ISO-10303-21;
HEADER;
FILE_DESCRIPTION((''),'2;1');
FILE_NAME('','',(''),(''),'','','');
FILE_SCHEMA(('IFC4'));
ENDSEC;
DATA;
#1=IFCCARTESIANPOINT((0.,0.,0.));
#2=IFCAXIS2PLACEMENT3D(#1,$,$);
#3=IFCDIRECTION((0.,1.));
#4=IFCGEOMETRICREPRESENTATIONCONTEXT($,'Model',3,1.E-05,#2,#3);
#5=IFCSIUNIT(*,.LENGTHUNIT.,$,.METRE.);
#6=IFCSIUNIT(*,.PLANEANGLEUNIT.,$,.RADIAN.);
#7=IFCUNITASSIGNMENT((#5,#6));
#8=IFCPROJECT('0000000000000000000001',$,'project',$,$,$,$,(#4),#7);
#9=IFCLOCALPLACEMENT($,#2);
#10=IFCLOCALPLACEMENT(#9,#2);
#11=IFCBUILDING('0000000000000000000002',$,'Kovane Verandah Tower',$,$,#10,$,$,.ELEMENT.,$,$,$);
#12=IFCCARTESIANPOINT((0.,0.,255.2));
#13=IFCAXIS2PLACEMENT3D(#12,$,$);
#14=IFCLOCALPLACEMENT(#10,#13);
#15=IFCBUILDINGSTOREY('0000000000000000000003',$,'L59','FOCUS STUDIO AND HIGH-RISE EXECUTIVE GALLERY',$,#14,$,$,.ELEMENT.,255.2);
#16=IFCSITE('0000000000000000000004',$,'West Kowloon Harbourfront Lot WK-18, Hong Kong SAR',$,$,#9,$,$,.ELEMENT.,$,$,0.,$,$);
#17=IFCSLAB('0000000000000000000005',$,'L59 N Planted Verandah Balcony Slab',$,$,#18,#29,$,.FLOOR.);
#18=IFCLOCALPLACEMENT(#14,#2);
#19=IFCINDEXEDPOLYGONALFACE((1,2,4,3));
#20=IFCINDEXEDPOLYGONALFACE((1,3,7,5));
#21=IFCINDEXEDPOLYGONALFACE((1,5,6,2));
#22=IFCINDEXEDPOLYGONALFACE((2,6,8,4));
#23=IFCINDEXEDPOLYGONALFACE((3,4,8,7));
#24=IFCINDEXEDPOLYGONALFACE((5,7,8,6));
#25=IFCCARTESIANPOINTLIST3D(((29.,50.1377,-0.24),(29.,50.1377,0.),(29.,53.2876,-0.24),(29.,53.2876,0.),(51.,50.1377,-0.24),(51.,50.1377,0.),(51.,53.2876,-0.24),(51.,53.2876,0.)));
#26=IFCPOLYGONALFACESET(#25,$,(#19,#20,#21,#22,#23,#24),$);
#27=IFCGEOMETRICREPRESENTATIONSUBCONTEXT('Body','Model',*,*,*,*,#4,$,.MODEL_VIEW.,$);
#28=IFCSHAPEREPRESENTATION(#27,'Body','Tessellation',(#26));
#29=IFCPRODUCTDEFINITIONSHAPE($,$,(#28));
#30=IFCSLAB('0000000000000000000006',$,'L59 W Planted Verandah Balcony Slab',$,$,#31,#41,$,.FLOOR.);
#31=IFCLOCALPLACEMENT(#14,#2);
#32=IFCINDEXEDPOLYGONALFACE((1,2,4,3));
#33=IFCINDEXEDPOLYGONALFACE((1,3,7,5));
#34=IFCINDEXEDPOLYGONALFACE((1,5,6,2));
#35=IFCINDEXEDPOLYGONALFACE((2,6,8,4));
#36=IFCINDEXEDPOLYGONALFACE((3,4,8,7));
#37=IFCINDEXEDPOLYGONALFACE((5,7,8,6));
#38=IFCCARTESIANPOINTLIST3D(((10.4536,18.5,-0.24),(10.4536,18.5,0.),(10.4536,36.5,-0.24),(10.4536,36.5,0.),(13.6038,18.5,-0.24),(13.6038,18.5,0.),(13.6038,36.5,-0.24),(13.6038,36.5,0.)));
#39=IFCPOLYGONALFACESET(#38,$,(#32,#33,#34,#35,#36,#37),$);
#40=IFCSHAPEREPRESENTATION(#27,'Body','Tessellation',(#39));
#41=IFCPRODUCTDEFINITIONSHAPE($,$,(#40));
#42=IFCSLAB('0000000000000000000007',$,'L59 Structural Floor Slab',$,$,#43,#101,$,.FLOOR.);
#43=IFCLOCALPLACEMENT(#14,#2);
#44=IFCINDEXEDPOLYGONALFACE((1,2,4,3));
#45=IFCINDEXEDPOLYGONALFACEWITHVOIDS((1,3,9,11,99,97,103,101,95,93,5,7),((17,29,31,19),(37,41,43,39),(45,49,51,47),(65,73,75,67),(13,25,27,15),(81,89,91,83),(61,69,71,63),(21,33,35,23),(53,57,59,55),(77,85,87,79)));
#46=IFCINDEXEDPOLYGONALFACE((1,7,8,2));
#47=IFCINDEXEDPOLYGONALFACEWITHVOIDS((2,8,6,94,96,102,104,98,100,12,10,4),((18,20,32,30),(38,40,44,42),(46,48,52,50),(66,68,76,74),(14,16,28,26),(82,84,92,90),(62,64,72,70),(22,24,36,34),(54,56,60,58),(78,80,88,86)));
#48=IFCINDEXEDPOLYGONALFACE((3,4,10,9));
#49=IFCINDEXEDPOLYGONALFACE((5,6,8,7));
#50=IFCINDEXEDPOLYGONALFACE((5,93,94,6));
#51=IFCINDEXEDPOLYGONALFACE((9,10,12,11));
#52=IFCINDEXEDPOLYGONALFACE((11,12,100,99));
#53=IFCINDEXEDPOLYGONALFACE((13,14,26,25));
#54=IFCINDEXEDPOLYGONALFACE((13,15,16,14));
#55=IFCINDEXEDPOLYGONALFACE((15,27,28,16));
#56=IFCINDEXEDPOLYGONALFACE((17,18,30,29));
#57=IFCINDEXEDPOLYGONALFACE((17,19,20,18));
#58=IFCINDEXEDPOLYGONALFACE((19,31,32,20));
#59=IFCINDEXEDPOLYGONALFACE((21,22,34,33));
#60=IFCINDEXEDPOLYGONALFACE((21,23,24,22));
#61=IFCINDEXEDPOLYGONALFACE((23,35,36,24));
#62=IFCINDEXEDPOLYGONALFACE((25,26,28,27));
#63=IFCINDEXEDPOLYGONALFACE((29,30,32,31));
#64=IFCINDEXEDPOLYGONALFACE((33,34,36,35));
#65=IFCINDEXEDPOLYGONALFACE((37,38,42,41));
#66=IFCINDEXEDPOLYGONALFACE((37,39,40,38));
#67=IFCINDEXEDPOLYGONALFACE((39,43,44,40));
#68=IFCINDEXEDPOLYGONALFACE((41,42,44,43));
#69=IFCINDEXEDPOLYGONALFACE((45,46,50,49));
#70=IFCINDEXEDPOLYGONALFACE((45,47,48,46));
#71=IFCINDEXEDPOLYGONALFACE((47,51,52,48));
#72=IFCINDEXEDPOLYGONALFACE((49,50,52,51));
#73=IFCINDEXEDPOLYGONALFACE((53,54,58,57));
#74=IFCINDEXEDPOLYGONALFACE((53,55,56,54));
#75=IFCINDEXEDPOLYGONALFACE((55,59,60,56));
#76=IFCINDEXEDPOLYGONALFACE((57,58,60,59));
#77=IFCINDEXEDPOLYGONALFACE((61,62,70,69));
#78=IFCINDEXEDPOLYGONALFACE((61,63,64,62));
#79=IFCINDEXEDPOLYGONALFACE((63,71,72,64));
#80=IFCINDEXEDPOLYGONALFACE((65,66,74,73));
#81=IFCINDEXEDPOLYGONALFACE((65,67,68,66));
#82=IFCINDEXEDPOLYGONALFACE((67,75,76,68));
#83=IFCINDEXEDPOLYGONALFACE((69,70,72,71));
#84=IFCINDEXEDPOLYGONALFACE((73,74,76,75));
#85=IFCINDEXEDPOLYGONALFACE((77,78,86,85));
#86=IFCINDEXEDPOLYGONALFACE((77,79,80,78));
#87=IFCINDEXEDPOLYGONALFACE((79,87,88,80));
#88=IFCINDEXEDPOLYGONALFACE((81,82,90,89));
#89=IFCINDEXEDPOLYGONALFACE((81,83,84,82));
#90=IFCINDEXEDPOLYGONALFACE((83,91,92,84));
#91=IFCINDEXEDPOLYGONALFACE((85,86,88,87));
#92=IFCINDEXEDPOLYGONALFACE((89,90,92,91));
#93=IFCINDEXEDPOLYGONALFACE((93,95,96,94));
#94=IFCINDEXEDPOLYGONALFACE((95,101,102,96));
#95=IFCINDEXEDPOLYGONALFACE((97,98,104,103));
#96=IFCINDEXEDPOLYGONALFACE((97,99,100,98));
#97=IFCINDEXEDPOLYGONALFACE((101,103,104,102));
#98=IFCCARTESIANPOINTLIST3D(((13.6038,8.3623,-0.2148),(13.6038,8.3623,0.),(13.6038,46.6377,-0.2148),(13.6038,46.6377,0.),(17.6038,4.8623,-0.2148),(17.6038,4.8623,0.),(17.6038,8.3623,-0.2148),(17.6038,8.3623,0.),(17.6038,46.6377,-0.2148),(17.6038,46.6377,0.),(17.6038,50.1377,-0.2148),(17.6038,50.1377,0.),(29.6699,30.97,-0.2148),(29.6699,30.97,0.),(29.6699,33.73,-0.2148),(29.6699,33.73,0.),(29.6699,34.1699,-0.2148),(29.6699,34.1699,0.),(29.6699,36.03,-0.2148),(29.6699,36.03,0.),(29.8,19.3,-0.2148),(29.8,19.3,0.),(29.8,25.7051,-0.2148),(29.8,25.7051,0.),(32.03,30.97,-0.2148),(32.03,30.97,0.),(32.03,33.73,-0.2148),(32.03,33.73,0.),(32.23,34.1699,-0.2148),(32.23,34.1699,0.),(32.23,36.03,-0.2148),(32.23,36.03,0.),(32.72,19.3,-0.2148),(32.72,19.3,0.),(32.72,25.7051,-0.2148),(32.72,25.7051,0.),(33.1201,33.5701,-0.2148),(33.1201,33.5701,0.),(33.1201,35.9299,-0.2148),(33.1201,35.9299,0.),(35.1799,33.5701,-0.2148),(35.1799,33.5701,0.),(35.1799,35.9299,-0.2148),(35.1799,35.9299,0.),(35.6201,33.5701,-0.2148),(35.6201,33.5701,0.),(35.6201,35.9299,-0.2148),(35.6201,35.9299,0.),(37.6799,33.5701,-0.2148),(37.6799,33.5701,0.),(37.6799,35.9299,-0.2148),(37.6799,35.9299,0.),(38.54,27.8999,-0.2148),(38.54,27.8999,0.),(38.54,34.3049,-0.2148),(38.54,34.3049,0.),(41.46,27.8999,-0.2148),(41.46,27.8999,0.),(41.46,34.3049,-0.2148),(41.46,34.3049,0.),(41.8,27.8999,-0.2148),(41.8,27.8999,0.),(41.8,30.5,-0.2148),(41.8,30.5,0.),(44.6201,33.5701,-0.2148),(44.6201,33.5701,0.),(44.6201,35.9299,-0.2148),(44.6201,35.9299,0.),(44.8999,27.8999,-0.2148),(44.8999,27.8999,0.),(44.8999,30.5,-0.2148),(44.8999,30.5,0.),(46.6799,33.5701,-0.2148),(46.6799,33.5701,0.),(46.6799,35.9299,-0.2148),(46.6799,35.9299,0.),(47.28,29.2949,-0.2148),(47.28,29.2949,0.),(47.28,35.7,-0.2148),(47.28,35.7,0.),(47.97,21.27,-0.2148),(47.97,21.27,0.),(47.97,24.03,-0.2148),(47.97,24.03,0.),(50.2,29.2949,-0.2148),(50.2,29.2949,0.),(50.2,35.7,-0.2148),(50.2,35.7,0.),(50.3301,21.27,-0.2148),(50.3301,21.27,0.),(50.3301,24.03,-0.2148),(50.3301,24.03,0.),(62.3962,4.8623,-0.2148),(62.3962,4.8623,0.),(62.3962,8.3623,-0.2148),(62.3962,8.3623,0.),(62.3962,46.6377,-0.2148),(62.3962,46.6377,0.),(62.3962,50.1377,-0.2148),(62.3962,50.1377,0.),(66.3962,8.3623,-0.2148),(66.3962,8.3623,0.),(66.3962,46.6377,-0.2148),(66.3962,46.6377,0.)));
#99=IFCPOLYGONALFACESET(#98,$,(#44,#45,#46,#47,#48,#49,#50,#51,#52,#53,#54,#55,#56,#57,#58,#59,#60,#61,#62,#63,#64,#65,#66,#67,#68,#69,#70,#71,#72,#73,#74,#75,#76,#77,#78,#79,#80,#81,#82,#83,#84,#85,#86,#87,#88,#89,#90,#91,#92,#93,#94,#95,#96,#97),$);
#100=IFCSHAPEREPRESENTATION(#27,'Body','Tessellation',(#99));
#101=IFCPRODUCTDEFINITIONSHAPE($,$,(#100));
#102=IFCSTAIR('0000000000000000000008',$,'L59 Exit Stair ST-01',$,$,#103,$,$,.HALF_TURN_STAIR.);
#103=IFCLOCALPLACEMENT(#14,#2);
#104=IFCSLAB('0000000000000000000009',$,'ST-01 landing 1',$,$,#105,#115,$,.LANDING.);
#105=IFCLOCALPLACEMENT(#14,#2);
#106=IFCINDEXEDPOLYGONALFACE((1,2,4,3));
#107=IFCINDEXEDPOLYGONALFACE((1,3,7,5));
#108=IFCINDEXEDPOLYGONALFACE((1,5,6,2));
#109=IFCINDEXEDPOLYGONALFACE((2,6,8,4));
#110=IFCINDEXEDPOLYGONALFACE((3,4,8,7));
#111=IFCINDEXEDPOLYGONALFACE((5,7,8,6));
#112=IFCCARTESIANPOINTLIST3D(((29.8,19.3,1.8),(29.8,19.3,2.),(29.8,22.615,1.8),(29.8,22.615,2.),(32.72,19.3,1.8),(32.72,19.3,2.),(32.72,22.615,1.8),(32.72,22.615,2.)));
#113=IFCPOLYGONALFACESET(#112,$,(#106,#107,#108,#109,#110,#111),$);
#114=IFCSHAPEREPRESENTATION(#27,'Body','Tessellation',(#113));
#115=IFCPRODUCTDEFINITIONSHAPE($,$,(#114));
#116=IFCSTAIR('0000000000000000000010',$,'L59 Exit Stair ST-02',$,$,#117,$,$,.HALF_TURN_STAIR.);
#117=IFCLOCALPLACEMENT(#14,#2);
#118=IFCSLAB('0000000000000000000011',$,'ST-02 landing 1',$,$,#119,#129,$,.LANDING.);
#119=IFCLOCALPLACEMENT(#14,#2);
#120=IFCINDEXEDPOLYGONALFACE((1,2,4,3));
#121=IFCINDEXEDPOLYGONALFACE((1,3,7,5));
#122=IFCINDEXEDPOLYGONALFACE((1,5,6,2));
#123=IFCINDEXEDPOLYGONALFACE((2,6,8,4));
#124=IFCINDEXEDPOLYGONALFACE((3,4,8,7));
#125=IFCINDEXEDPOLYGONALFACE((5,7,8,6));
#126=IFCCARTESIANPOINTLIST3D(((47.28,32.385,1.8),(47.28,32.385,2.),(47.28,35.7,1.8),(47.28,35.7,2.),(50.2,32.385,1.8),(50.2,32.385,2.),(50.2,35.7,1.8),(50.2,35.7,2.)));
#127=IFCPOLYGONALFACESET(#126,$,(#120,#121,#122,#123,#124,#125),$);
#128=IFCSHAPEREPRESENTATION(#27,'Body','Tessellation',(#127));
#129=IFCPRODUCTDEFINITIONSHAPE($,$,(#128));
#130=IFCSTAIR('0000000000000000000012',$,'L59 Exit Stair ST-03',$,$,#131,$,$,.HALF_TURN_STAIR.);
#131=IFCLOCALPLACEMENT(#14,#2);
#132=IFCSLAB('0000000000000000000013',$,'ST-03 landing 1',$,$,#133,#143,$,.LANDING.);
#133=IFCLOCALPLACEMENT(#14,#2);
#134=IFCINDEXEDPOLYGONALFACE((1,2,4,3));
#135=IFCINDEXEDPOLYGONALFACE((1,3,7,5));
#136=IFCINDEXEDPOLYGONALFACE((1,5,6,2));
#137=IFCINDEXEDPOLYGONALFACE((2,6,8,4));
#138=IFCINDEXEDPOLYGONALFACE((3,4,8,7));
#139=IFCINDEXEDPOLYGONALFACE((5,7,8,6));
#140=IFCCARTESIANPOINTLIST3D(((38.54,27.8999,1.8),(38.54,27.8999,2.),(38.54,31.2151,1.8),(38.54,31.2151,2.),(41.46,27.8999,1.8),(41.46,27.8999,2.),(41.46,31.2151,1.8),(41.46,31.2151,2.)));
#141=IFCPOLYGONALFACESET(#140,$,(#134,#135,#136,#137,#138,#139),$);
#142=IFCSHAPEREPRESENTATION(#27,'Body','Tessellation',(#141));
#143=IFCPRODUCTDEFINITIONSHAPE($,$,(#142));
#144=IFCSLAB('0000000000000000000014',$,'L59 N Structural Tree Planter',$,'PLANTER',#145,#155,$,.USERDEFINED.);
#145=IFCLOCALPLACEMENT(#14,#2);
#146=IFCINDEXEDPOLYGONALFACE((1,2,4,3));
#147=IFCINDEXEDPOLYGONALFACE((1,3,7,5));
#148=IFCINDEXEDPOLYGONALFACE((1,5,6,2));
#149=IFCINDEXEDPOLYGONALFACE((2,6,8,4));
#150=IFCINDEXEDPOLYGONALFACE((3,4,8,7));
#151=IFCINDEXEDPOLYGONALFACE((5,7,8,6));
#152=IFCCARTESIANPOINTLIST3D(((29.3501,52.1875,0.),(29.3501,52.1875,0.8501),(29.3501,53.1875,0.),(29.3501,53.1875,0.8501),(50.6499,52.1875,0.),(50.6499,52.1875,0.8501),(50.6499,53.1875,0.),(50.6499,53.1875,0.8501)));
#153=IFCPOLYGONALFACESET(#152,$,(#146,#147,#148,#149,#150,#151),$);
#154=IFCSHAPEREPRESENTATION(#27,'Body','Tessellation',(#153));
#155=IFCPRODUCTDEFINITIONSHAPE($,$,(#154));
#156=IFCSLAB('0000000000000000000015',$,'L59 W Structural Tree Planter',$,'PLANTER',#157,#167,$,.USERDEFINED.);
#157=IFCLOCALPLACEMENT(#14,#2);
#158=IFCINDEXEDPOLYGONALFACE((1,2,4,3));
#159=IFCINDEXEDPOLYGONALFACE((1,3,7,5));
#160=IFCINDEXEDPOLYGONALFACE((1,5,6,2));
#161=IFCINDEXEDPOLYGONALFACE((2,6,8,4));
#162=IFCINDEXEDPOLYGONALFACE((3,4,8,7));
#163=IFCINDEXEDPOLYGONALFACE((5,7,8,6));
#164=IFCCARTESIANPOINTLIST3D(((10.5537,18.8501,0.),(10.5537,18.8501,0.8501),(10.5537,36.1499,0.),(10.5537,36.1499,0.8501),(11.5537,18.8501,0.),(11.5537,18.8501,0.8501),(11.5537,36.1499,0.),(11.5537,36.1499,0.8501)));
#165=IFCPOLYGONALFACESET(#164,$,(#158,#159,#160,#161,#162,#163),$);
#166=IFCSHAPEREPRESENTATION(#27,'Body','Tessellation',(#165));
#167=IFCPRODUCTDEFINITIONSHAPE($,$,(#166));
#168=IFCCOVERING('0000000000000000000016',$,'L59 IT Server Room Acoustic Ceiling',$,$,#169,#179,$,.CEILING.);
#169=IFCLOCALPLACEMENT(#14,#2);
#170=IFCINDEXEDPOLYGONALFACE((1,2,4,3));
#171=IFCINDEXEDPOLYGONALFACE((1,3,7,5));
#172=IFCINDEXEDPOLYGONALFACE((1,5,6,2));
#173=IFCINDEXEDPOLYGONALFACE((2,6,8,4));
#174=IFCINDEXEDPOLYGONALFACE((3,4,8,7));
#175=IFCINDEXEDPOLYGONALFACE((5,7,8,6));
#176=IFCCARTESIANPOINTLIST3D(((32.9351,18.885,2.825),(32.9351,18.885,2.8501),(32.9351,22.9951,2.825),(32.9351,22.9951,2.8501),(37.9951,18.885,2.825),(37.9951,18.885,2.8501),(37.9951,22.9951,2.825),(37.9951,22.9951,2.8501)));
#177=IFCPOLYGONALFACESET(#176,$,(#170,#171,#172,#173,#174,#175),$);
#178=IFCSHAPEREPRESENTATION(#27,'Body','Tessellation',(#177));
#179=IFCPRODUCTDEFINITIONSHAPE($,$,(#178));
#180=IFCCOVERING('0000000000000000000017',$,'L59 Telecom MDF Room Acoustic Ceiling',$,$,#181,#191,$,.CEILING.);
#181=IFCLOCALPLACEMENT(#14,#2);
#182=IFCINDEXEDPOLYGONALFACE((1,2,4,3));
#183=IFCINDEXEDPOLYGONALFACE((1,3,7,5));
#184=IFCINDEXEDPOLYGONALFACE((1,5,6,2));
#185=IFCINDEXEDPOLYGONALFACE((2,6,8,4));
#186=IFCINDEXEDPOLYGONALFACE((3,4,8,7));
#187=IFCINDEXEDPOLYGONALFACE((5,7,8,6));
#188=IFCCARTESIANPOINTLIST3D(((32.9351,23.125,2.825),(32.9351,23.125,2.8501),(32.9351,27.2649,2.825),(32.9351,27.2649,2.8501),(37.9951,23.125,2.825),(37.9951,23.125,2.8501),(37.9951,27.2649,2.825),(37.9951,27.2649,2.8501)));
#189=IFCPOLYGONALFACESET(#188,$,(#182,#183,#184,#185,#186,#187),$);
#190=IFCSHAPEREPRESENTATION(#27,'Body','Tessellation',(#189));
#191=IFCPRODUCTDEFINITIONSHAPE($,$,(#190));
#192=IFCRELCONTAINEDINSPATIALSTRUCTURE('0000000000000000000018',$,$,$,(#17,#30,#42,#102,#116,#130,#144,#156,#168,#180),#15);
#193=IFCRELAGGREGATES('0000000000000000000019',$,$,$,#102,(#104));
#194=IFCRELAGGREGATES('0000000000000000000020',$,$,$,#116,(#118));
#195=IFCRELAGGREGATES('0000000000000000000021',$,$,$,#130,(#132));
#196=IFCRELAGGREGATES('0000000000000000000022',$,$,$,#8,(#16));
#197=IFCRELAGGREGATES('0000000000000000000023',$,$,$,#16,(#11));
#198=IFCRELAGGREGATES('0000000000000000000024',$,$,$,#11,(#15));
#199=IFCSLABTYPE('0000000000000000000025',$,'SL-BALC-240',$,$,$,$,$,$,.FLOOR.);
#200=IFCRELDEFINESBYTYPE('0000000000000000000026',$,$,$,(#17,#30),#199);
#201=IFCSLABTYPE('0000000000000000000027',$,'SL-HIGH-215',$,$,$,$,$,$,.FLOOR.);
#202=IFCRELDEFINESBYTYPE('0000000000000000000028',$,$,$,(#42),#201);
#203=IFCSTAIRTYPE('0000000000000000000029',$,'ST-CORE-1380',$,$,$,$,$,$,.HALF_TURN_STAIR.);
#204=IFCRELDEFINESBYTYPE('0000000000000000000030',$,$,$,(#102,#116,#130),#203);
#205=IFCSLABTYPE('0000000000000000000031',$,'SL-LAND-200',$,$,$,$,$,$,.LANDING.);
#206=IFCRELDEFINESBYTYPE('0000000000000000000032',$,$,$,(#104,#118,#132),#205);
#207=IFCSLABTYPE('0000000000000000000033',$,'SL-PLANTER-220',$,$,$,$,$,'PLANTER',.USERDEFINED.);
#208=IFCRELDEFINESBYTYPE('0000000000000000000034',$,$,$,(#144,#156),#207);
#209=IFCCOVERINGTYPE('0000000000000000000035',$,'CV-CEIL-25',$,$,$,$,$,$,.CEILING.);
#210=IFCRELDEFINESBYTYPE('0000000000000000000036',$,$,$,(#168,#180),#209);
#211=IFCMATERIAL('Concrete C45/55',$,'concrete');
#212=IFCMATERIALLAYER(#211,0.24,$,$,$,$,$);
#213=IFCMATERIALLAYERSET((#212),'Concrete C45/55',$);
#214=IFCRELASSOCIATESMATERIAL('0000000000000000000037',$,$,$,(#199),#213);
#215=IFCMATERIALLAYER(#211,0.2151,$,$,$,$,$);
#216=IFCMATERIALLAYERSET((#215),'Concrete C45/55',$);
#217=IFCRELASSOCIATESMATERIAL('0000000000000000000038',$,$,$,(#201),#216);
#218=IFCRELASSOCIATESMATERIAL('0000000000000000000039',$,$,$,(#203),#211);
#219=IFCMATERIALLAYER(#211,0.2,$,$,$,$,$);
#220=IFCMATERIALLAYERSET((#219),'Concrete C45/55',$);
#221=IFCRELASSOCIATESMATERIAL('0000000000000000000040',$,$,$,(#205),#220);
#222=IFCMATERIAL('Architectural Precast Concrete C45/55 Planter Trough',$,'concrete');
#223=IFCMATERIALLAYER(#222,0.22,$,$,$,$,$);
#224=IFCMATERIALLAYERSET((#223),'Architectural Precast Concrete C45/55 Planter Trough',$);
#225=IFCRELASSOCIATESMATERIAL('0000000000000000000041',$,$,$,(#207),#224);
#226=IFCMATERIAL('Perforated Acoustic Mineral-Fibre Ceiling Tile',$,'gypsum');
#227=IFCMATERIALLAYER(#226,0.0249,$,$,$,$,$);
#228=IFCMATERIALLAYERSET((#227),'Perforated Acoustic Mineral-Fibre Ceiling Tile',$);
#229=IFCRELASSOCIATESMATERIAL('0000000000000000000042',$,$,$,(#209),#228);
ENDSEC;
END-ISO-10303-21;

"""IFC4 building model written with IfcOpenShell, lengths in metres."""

from ifc_helpers import new_model, si_unit, direction, frame, origin, place, context, subcontext, project, spatial, polyline, outline, extrude, material, layer, layer_set, type_object, element, aggregate, save


model = new_model("IFC4")

# Units and contexts
model_context = context("Model", 3, precision=1e-05, world=origin(), true_north=direction((0.0, 1.0)))
body_context = subcontext(model_context, "Body", "Model", "MODEL_VIEW")
ifc_project = project(units=[si_unit("LENGTHUNIT", "METRE"), si_unit("PLANEANGLEUNIT", "RADIAN")], contexts=[model_context])

# Site, building, storey
site_placement = place(None, origin())
site = spatial("IfcSite", under=ifc_project, at=site_placement, Name="West Kowloon Harbourfront Lot WK-18, Hong Kong SAR", CompositionType="ELEMENT", RefElevation=0.0)
building_placement = place(site_placement, origin())
building = spatial("IfcBuilding", under=site, at=building_placement, Name="Kovane Verandah Tower", CompositionType="ELEMENT")
storey_placement = place(building_placement, frame((0.0, 0.0, 255.2)))
storey = spatial("IfcBuildingStorey", under=building, at=storey_placement, Name="L59", Description="FOCUS STUDIO AND HIGH-RISE EXECUTIVE GALLERY", CompositionType="ELEMENT", Elevation=255.2)

# Slabs
ifc_material_1 = material(Name="Concrete C45/55", Category="concrete")
ifc_layer_1 = layer(ifc_material_1, 0.24)
ifc_layer_set_1 = layer_set([ifc_layer_1], Name="Concrete C45/55")
slab_type_1 = type_object("IfcSlabType", Name="SL-BALC-240", PredefinedType="FLOOR", material=ifc_layer_set_1)
slab_1_placement = place(storey_placement, frame((0.0, 0.0, -0.24)))
element("IfcSlab", 1, at=slab_1_placement, inside=storey, type_object=slab_type_1, Name="L59 N Planted Verandah Balcony Slab", PredefinedType="FLOOR", context=body_context, shape_type="SweptSolid", body=[
    extrude(outline(polyline([(29.0, 50.1377), (51.0, 50.1377), (51.0, 53.2876), (29.0, 53.2876), (29.0, 50.1377)])), origin(), (0.0, 0.0, 1.0), 0.24),
])
slab_2_placement = place(storey_placement, frame((0.0, 0.0, -0.24)))
element("IfcSlab", 2, at=slab_2_placement, inside=storey, type_object=slab_type_1, Name="L59 W Planted Verandah Balcony Slab", PredefinedType="FLOOR", context=body_context, shape_type="SweptSolid", body=[
    extrude(outline(polyline([(10.4536, 18.5), (13.6038, 18.5), (13.6038, 36.5), (10.4536, 36.5), (10.4536, 18.5)])), origin(), (0.0, 0.0, 1.0), 0.24),
])
ifc_layer_2 = layer(ifc_material_1, 0.2151)
ifc_layer_set_2 = layer_set([ifc_layer_2], Name="Concrete C45/55")
slab_type_2 = type_object("IfcSlabType", Name="SL-HIGH-215", PredefinedType="FLOOR", material=ifc_layer_set_2)
slab_3_placement = place(storey_placement, frame((0.0, 0.0, -0.2148)))
element("IfcSlab", 3, at=slab_3_placement, inside=storey, type_object=slab_type_2, Name="L59 Structural Floor Slab", PredefinedType="FLOOR", context=body_context, shape_type="SweptSolid", body=[
    extrude(outline(polyline([(17.6038, 4.8623), (62.3962, 4.8623), (62.3962, 8.3623), (66.3962, 8.3623), (66.3962, 46.6377), (62.3962, 46.6377), (62.3962, 50.1377), (17.6038, 50.1377), (17.6038, 46.6377), (13.6038, 46.6377), (13.6038, 8.3623), (17.6038, 8.3623), (17.6038, 4.8623)]), holes=[polyline([(29.8, 19.3), (32.72, 19.3), (32.72, 25.7051), (29.8, 25.7051), (29.8, 19.3)]), polyline([(47.28, 29.2949), (50.2, 29.2949), (50.2, 35.7), (47.28, 35.7), (47.28, 29.2949)]), polyline([(38.54, 27.8999), (41.46, 27.8999), (41.46, 34.3049), (38.54, 34.3049), (38.54, 27.8999)]), polyline([(29.6699, 30.97), (32.03, 30.97), (32.03, 33.73), (29.6699, 33.73), (29.6699, 30.97)]), polyline([(47.97, 21.27), (50.3301, 21.27), (50.3301, 24.03), (47.97, 24.03), (47.97, 21.27)]), polyline([(29.6699, 34.1699), (32.23, 34.1699), (32.23, 36.03), (29.6699, 36.03), (29.6699, 34.1699)]), polyline([(33.1201, 33.5701), (35.1799, 33.5701), (35.1799, 35.9299), (33.1201, 35.9299), (33.1201, 33.5701)]), polyline([(35.6201, 33.5701), (37.6799, 33.5701), (37.6799, 35.9299), (35.6201, 35.9299), (35.6201, 33.5701)]), polyline([(44.6201, 33.5701), (46.6799, 33.5701), (46.6799, 35.9299), (44.6201, 35.9299), (44.6201, 33.5701)]), polyline([(41.8, 27.8999), (44.8999, 27.8999), (44.8999, 30.5), (41.8, 30.5), (41.8, 27.8999)])]), origin(), (0.0, 0.0, 1.0), 0.2148),
])

# Stairs, slabs
stair_type = type_object("IfcStairType", Name="ST-CORE-1380", PredefinedType="HALF_TURN_STAIR", material=ifc_material_1)
stair_1_placement = place(storey_placement, origin())
stair_1 = element("IfcStair", 4, at=stair_1_placement, inside=storey, type_object=stair_type, Name="L59 Exit Stair ST-01", PredefinedType="HALF_TURN_STAIR")
ifc_layer_3 = layer(ifc_material_1, 0.2)
ifc_layer_set_3 = layer_set([ifc_layer_3], Name="Concrete C45/55")
slab_type_3 = type_object("IfcSlabType", Name="SL-LAND-200", PredefinedType="LANDING", material=ifc_layer_set_3)
slab_4_placement = place(storey_placement, frame((0.0, 0.0, 1.8)))
slab_4 = element("IfcSlab", 5, at=slab_4_placement, type_object=slab_type_3, Name="ST-01 landing 1", PredefinedType="LANDING", context=body_context, shape_type="SweptSolid", body=[
    extrude(outline(polyline([(29.8, 22.615), (29.8, 19.3), (32.72, 19.3), (32.72, 22.615), (29.8, 22.615)])), origin(), (0.0, 0.0, 1.0), 0.2),
])
aggregate(stair_1, [slab_4])
stair_2_placement = place(storey_placement, origin())
stair_2 = element("IfcStair", 6, at=stair_2_placement, inside=storey, type_object=stair_type, Name="L59 Exit Stair ST-02", PredefinedType="HALF_TURN_STAIR")
slab_5_placement = place(storey_placement, frame((0.0, 0.0, 1.8)))
slab_5 = element("IfcSlab", 7, at=slab_5_placement, type_object=slab_type_3, Name="ST-02 landing 1", PredefinedType="LANDING", context=body_context, shape_type="SweptSolid", body=[
    extrude(outline(polyline([(50.2, 32.385), (50.2, 35.7), (47.28, 35.7), (47.28, 32.385), (50.2, 32.385)])), origin(), (0.0, 0.0, 1.0), 0.2),
])
aggregate(stair_2, [slab_5])
stair_3_placement = place(storey_placement, origin())
stair_3 = element("IfcStair", 8, at=stair_3_placement, inside=storey, type_object=stair_type, Name="L59 Exit Stair ST-03", PredefinedType="HALF_TURN_STAIR")
slab_6_placement = place(storey_placement, frame((0.0, 0.0, 1.8)))
slab_6 = element("IfcSlab", 9, at=slab_6_placement, type_object=slab_type_3, Name="ST-03 landing 1", PredefinedType="LANDING", context=body_context, shape_type="SweptSolid", body=[
    extrude(outline(polyline([(38.54, 31.2151), (38.54, 27.8999), (41.46, 27.8999), (41.46, 31.2151), (38.54, 31.2151)])), origin(), (0.0, 0.0, 1.0), 0.2),
])
aggregate(stair_3, [slab_6])

# Slabs
ifc_material_2 = material(Name="Architectural Precast Concrete C45/55 Planter Trough", Category="concrete")
ifc_layer_4 = layer(ifc_material_2, 0.22)
ifc_layer_set_4 = layer_set([ifc_layer_4], Name="Architectural Precast Concrete C45/55 Planter Trough")
slab_type_4 = type_object("IfcSlabType", Name="SL-PLANTER-220", ElementType="PLANTER", PredefinedType="USERDEFINED", material=ifc_layer_set_4)
slab_7_placement = place(storey_placement, origin())
element("IfcSlab", 10, at=slab_7_placement, inside=storey, type_object=slab_type_4, Name="L59 N Structural Tree Planter", ObjectType="PLANTER", PredefinedType="USERDEFINED", context=body_context, shape_type="SweptSolid", body=[
    extrude(outline(polyline([(29.3501, 52.1875), (50.6499, 52.1875), (50.6499, 53.1875), (29.3501, 53.1875), (29.3501, 52.1875)])), origin(), (0.0, 0.0, 1.0), 0.8501),
])
slab_8_placement = place(storey_placement, origin())
element("IfcSlab", 11, at=slab_8_placement, inside=storey, type_object=slab_type_4, Name="L59 W Structural Tree Planter", ObjectType="PLANTER", PredefinedType="USERDEFINED", context=body_context, shape_type="SweptSolid", body=[
    extrude(outline(polyline([(10.5537, 18.8501), (11.5537, 18.8501), (11.5537, 36.1499), (10.5537, 36.1499), (10.5537, 18.8501)])), origin(), (0.0, 0.0, 1.0), 0.8501),
])

# Coverings
ifc_material_3 = material(Name="Perforated Acoustic Mineral-Fibre Ceiling Tile", Category="gypsum")
ifc_layer_5 = layer(ifc_material_3, 0.0249)
ifc_layer_set_5 = layer_set([ifc_layer_5], Name="Perforated Acoustic Mineral-Fibre Ceiling Tile")
covering_type_1 = type_object("IfcCoveringType", Name="CV-CEIL-25", PredefinedType="CEILING", material=ifc_layer_set_5)
covering_1_placement = place(storey_placement, frame((0.0, 0.0, 2.825)))
element("IfcCovering", 12, at=covering_1_placement, inside=storey, type_object=covering_type_1, Name="L59 IT Server Room Acoustic Ceiling", PredefinedType="CEILING", context=body_context, shape_type="SweptSolid", body=[
    extrude(outline(polyline([(32.9351, 18.885), (37.9951, 18.885), (37.9951, 22.9951), (32.9351, 22.9951), (32.9351, 18.885)])), origin(), (0.0, 0.0, 1.0), 0.0251),
])
covering_2_placement = place(storey_placement, frame((0.0, 0.0, 2.825)))
element("IfcCovering", 13, at=covering_2_placement, inside=storey, type_object=covering_type_1, Name="L59 Telecom MDF Room Acoustic Ceiling", PredefinedType="CEILING", context=body_context, shape_type="SweptSolid", body=[
    extrude(outline(polyline([(32.9351, 23.125), (37.9951, 23.125), (37.9951, 27.2649), (32.9351, 27.2649), (32.9351, 23.125)])), origin(), (0.0, 0.0, 1.0), 0.0251),
])

save(model, "model.ifc")
